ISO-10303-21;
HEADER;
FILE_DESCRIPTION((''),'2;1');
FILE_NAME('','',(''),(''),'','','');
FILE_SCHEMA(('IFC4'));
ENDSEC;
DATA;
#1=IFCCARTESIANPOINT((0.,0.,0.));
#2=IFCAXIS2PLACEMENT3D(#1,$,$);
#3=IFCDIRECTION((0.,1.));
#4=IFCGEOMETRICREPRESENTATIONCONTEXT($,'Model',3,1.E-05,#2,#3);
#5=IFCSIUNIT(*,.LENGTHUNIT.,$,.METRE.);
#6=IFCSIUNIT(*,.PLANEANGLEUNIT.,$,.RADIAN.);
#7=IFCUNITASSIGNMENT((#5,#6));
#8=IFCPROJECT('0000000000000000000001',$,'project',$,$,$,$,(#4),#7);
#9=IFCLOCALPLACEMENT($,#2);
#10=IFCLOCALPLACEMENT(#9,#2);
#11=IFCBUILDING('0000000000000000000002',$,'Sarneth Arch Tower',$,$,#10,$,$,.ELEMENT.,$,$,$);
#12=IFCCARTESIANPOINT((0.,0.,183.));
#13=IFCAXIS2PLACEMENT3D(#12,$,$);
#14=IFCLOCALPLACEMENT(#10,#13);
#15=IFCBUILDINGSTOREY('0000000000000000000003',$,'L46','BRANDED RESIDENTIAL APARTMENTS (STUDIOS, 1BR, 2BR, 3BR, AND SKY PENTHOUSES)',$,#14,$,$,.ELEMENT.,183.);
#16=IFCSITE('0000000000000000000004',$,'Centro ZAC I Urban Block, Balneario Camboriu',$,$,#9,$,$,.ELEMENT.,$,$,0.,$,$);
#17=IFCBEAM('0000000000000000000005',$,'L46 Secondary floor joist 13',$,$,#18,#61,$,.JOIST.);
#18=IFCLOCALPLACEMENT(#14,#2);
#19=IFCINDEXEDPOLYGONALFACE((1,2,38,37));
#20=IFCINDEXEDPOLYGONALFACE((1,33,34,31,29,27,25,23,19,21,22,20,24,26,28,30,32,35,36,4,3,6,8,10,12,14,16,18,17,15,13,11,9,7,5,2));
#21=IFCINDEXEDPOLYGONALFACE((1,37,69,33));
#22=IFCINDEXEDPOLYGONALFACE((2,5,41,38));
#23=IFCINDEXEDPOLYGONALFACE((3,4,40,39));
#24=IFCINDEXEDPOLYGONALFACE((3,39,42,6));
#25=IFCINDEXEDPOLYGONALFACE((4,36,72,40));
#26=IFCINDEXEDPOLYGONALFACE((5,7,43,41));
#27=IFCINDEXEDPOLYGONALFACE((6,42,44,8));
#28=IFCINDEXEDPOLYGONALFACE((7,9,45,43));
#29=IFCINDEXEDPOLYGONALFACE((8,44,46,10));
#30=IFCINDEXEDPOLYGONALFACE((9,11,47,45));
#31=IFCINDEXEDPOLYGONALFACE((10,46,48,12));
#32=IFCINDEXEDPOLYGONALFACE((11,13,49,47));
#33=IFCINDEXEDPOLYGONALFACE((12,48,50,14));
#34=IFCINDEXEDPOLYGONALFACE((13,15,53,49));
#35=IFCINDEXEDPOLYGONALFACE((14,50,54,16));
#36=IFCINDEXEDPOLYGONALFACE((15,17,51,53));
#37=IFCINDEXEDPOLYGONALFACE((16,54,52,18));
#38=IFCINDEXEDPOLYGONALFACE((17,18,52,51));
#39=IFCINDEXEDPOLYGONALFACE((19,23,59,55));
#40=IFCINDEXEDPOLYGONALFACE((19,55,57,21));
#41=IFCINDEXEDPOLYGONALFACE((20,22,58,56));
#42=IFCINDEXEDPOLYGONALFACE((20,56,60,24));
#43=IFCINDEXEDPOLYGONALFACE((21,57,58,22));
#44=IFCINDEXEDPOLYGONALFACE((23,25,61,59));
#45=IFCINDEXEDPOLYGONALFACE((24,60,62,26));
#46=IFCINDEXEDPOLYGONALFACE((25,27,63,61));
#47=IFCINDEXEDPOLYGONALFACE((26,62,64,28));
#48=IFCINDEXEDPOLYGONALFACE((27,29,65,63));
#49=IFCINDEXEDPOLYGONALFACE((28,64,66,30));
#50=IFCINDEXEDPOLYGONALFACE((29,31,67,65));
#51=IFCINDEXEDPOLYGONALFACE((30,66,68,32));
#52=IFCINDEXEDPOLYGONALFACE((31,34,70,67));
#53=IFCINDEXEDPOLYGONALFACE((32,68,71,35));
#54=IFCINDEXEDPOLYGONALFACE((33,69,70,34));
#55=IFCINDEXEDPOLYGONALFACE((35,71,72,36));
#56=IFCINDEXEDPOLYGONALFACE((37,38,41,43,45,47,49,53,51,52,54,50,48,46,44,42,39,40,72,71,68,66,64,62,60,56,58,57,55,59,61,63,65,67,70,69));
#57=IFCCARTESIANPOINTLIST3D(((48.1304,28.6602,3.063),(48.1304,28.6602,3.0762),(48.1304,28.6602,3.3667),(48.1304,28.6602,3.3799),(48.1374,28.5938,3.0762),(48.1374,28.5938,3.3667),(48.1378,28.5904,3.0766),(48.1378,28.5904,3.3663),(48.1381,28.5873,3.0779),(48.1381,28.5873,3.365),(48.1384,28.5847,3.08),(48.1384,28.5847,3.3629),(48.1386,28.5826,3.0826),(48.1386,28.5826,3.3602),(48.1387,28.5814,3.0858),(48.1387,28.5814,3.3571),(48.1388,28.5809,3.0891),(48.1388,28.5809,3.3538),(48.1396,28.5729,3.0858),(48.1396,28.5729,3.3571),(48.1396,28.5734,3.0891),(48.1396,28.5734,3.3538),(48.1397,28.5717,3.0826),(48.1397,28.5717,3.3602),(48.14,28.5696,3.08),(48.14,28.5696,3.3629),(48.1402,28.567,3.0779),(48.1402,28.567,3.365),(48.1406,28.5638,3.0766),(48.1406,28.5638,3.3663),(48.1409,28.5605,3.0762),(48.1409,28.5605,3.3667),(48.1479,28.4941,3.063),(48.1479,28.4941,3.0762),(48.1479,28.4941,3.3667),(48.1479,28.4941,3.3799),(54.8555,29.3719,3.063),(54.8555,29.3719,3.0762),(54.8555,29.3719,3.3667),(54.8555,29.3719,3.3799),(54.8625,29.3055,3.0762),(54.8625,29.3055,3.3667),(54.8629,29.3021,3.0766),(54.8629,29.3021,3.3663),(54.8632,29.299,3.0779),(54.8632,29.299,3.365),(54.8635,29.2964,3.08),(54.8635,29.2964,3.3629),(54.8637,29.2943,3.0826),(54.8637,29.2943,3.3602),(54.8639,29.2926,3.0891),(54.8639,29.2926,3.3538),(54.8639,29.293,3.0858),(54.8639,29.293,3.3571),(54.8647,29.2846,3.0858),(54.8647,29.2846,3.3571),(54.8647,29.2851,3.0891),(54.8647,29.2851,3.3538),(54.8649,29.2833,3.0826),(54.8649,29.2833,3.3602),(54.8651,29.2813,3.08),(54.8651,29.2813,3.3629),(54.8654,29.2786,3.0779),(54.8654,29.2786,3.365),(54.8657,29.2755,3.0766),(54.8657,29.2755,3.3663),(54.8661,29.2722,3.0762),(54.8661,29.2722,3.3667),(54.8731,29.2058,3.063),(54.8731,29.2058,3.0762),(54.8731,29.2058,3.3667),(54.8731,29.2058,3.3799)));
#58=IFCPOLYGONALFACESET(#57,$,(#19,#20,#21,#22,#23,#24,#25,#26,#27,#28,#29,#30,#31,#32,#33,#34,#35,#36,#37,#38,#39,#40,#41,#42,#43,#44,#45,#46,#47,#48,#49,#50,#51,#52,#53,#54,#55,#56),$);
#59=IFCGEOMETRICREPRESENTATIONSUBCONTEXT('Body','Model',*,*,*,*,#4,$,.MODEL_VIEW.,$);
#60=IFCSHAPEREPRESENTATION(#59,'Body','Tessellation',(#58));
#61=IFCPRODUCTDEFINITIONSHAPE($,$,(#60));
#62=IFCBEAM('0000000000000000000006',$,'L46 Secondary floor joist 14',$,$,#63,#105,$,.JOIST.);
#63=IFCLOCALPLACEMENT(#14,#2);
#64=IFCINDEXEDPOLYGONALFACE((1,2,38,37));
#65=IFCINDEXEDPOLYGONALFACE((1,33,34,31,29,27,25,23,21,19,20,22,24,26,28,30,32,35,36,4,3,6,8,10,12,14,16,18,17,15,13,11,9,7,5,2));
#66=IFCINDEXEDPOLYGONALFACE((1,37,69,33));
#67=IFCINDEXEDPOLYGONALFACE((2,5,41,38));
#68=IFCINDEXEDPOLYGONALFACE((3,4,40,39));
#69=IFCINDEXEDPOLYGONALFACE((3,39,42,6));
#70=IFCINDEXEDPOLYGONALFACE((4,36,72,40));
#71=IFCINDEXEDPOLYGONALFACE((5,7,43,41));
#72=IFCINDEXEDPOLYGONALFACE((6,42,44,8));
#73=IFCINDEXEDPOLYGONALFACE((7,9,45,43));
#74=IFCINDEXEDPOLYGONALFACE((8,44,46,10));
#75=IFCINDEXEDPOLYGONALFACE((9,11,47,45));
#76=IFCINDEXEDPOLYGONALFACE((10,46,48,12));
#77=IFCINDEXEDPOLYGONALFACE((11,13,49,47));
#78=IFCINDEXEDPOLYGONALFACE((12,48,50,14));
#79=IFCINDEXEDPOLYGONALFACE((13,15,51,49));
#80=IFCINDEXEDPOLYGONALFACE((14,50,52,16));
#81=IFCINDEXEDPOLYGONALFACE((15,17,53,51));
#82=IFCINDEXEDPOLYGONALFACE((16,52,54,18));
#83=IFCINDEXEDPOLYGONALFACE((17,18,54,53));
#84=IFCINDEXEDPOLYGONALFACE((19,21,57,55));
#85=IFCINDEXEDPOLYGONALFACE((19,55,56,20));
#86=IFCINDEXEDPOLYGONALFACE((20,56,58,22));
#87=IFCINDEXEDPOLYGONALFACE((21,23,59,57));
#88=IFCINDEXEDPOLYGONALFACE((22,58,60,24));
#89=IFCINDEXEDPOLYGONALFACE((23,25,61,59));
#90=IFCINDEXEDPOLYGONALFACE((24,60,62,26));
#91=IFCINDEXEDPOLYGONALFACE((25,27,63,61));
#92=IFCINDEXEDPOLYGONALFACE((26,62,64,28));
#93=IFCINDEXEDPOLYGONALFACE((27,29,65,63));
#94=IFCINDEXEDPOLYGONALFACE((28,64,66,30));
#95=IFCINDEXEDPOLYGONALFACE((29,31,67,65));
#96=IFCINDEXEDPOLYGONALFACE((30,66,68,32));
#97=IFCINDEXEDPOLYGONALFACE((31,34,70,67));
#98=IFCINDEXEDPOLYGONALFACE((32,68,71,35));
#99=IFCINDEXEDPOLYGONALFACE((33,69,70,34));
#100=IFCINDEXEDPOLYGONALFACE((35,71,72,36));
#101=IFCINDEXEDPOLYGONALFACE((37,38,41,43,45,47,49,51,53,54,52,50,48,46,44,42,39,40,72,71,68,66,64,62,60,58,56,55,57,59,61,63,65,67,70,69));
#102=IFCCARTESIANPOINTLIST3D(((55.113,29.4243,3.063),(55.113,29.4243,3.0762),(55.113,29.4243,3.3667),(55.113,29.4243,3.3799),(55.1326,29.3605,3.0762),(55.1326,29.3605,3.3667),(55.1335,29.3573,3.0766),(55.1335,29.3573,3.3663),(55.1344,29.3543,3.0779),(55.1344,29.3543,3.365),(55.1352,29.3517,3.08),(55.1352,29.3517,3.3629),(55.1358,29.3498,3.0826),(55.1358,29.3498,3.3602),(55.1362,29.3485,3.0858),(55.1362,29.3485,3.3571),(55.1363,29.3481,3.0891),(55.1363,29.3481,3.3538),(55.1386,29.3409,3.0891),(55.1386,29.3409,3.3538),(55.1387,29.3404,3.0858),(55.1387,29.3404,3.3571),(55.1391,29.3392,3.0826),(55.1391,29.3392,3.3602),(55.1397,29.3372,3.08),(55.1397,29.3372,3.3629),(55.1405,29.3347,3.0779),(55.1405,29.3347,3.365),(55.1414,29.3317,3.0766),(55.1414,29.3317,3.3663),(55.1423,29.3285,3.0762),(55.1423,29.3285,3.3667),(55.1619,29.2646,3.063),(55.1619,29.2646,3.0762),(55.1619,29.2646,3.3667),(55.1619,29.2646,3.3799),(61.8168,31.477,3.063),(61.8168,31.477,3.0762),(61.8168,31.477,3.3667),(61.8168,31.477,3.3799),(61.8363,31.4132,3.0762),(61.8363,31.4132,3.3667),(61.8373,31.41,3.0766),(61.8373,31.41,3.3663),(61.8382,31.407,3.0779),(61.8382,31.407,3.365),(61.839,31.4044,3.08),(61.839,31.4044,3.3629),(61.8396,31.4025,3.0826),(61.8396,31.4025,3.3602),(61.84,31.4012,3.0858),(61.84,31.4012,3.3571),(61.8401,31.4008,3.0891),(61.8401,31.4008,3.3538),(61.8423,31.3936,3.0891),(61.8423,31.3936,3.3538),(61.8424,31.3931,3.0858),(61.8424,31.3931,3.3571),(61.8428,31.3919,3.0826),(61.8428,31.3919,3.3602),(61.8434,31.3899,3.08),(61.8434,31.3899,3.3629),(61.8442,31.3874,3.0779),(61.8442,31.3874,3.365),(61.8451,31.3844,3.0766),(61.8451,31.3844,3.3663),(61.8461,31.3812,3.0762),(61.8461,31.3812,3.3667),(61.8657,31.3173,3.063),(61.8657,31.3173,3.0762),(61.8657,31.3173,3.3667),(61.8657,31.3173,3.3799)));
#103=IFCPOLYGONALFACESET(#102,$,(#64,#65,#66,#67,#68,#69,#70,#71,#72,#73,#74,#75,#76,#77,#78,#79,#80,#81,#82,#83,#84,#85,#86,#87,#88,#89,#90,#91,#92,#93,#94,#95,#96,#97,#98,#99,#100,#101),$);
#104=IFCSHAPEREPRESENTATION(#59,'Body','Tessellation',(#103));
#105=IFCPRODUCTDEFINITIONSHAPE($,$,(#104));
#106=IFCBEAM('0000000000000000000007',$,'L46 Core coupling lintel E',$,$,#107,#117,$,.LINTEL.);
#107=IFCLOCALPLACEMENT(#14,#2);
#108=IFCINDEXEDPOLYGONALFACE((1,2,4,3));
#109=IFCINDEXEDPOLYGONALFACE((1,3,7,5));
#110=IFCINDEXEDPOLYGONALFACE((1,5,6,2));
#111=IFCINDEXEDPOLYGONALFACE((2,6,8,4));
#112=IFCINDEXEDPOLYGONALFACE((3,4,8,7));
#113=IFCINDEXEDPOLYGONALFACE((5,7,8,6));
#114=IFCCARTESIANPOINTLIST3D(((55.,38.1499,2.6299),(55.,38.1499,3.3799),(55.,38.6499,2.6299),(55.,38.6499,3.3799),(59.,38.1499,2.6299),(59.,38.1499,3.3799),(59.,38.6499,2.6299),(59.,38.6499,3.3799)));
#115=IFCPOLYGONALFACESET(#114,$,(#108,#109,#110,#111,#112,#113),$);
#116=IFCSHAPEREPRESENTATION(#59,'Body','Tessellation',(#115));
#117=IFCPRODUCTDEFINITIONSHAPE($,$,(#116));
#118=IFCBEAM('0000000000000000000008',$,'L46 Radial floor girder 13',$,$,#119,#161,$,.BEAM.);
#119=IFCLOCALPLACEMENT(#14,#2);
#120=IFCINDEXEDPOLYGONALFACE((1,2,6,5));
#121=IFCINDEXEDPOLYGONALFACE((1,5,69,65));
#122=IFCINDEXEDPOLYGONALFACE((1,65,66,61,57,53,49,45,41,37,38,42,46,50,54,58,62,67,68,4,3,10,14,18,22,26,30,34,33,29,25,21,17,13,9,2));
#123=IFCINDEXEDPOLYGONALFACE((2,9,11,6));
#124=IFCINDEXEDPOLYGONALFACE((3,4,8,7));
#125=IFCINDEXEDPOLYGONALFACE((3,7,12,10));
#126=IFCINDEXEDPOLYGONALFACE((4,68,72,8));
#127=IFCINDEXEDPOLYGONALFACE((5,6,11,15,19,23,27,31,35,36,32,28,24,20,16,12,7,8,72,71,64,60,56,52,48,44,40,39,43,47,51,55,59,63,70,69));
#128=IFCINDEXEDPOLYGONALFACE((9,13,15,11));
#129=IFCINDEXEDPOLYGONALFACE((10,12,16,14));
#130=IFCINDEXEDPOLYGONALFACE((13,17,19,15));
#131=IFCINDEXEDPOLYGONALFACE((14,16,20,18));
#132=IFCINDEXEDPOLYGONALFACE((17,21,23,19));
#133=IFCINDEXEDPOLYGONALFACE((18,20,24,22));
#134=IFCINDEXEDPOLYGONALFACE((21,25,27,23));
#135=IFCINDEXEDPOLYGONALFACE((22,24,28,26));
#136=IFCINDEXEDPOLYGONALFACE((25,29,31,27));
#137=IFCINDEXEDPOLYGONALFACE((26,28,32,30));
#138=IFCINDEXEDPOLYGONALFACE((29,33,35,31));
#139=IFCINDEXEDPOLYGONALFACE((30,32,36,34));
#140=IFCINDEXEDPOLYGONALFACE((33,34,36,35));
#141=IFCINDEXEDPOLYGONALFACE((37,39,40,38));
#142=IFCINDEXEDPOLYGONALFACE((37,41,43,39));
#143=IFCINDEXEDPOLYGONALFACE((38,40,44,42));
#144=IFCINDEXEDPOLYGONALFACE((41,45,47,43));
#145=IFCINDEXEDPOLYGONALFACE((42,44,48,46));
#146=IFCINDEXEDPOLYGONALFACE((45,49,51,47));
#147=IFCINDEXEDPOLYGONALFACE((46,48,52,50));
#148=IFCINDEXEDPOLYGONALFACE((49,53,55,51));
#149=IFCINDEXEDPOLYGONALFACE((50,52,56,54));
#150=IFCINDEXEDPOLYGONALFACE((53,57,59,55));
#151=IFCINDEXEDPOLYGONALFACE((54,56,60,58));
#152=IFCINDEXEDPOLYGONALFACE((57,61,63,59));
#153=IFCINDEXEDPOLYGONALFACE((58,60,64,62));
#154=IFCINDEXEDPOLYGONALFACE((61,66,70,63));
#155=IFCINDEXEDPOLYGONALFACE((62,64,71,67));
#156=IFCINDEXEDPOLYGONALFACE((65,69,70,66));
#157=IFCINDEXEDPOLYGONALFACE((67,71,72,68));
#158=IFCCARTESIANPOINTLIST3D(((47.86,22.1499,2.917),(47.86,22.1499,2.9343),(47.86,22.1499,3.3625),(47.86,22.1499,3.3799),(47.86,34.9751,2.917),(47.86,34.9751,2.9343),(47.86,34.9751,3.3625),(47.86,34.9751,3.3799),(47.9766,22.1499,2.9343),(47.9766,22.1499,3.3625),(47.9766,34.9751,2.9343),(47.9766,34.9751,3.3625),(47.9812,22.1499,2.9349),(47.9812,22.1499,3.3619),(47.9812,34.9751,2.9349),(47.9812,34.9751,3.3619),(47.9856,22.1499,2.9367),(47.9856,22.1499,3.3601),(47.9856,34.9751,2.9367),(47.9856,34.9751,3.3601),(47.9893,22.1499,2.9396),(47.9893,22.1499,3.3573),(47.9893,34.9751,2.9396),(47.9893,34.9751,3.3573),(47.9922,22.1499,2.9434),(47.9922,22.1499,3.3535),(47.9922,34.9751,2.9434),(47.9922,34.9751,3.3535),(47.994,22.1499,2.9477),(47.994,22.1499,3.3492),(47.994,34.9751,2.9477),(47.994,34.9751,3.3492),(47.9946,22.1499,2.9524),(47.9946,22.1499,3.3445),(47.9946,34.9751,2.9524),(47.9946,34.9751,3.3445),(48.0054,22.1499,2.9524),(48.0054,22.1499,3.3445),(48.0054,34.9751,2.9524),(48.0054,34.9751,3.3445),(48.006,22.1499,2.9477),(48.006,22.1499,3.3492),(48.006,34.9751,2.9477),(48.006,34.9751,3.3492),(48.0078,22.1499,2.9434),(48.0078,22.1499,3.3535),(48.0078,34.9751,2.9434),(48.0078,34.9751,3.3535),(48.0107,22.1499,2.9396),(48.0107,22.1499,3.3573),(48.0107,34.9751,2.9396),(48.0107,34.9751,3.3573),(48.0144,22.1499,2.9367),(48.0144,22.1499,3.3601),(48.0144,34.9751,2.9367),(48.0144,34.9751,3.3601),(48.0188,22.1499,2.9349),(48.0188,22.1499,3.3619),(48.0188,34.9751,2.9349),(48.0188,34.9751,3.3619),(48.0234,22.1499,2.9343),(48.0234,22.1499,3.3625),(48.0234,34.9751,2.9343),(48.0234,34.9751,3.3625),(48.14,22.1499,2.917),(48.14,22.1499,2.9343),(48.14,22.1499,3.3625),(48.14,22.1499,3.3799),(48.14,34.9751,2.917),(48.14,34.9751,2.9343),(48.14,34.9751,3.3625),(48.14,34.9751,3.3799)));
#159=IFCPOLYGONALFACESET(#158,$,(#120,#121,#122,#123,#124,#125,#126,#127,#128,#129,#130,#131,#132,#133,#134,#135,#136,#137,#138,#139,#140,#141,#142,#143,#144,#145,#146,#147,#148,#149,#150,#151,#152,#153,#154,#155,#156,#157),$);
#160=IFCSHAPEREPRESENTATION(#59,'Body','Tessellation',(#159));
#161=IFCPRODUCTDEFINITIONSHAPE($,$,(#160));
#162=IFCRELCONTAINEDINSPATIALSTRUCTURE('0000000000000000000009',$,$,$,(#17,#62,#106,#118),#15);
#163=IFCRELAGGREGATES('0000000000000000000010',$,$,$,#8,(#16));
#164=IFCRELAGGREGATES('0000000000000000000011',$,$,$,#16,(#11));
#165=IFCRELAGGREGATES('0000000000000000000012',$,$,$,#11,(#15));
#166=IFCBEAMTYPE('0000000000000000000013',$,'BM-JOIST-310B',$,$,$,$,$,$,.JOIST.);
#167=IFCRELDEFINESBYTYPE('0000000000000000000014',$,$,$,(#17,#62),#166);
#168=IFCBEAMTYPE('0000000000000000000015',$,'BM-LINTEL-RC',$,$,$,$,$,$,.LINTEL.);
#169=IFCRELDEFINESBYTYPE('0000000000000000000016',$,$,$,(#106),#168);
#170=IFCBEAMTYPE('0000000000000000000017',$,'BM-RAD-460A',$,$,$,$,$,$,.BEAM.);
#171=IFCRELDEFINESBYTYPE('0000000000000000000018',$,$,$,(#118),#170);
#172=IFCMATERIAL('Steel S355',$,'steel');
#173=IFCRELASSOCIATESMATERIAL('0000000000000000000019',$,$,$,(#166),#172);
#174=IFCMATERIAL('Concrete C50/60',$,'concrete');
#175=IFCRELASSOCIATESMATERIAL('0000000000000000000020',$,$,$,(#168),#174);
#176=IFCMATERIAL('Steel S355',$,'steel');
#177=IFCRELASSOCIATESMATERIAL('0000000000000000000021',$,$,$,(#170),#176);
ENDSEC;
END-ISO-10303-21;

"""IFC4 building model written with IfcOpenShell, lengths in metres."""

from ifc_helpers import new_model, si_unit, direction, frame, origin, origin_2d, place, context, subcontext, project, spatial, rectangle, i_section, extrude, material, material_profile, profile_set, type_object, element, save


model = new_model("IFC4")

# Units and contexts
model_context = context("Model", 3, precision=1e-05, world=origin(), true_north=direction((0.0, 1.0)))
body_context = subcontext(model_context, "Body", "Model", "MODEL_VIEW")
ifc_project = project(units=[si_unit("LENGTHUNIT", "METRE"), si_unit("PLANEANGLEUNIT", "RADIAN")], contexts=[model_context])

# Site, building, storey
site_placement = place(None, origin())
site = spatial("IfcSite", under=ifc_project, at=site_placement, Name="Centro ZAC I Urban Block, Balneario Camboriu", CompositionType="ELEMENT", RefElevation=0.0)
building_placement = place(site_placement, origin())
building = spatial("IfcBuilding", under=site, at=building_placement, Name="Sarneth Arch Tower", CompositionType="ELEMENT")
storey_placement = place(building_placement, frame((0.0, 0.0, 183.0)))
storey = spatial("IfcBuildingStorey", under=building, at=storey_placement, Name="L46", Description="BRANDED RESIDENTIAL APARTMENTS (STUDIOS, 1BR, 2BR, 3BR, AND SKY PENTHOUSES)", CompositionType="ELEMENT", Elevation=183.0)

# Beams
ifc_material_1 = material(Name="Steel S355", Category="steel")
ifc_material_profile_1 = material_profile(ifc_material_1, i_section(OverallWidth=0.167, OverallDepth=0.3169, WebThickness=0.0076, FlangeThickness=0.0132, FilletRadius=0.0129, at=origin_2d()), Name="W310x52")
ifc_profile_set_1 = profile_set([ifc_material_profile_1], Name="Steel S355")
beam_type_1 = type_object("IfcBeamType", Name="BM-JOIST-310B", PredefinedType="JOIST", material=ifc_profile_set_1)
beam_1_placement = place(storey_placement, frame((48.1392, 28.5771, 3.2214), z_axis=(0.994447, 0.105235, 0.0), x_axis=(-0.105235, 0.994447, 0.0)))
element("IfcBeam", 1, at=beam_1_placement, inside=storey, type_object=beam_type_1, Name="L46 Secondary floor joist 13", PredefinedType="JOIST", context=body_context, shape_type="SweptSolid", body=[
    extrude(i_section(OverallWidth=0.167, OverallDepth=0.3169, WebThickness=0.0076, FlangeThickness=0.0132, FilletRadius=0.0129, at=origin_2d()), origin(), (0.0, 0.0, 1.0), 6.7627),
])
beam_2_placement = place(storey_placement, frame((55.1375, 29.3445, 3.2214), z_axis=(0.956179, 0.292784, 0.0), x_axis=(-0.292784, 0.956179, 0.0)))
element("IfcBeam", 2, at=beam_2_placement, inside=storey, type_object=beam_type_1, Name="L46 Secondary floor joist 14", PredefinedType="JOIST", context=body_context, shape_type="SweptSolid", body=[
    extrude(i_section(OverallWidth=0.167, OverallDepth=0.3169, WebThickness=0.0076, FlangeThickness=0.0132, FilletRadius=0.0129, at=origin_2d()), origin(), (0.0, 0.0, 1.0), 7.011),
])
ifc_material_2 = material(Name="Concrete C50/60", Category="concrete")
ifc_material_profile_2 = material_profile(ifc_material_2, rectangle(XDim=0.5, YDim=0.75, at=origin_2d()), Name="RC-500x750")
ifc_profile_set_2 = profile_set([ifc_material_profile_2], Name="Concrete C50/60")
beam_type_2 = type_object("IfcBeamType", Name="BM-LINTEL-RC", PredefinedType="LINTEL", material=ifc_profile_set_2)
beam_3_placement = place(storey_placement, frame((55.0, 38.3999, 3.0049), z_axis=(1.0, 0.0, 0.0), x_axis=(0.0, 1.0, 0.0)))
element("IfcBeam", 3, at=beam_3_placement, inside=storey, type_object=beam_type_2, Name="L46 Core coupling lintel E", PredefinedType="LINTEL", context=body_context, shape_type="SweptSolid", body=[
    extrude(rectangle(XDim=0.5, YDim=0.75, at=origin_2d()), origin(), (0.0, 0.0, 1.0), 4.0),
])
ifc_material_3 = material(Name="Steel S355", Category="steel")
ifc_material_profile_3 = material_profile(ifc_material_3, i_section(OverallWidth=0.28, OverallDepth=0.4629, WebThickness=0.0107, FlangeThickness=0.0173, FilletRadius=0.0181, at=origin_2d()), Name="W460x113")
ifc_profile_set_3 = profile_set([ifc_material_profile_3], Name="Steel S355")
beam_type_3 = type_object("IfcBeamType", Name="BM-RAD-460A", PredefinedType="BEAM", material=ifc_profile_set_3)
beam_4_placement = place(storey_placement, frame((48.0, 34.9751, 3.1484), z_axis=(0.0, -1.0, 0.0), x_axis=(1.0, 0.0, 0.0)))
element("IfcBeam", 4, at=beam_4_placement, inside=storey, type_object=beam_type_3, Name="L46 Radial floor girder 13", PredefinedType="BEAM", context=body_context, shape_type="SweptSolid", body=[
    extrude(i_section(OverallWidth=0.28, OverallDepth=0.4629, WebThickness=0.0107, FlangeThickness=0.0173, FilletRadius=0.0181, at=origin_2d()), origin(), (0.0, 0.0, 1.0), 12.8252),
])

save(model, "model.ifc")
